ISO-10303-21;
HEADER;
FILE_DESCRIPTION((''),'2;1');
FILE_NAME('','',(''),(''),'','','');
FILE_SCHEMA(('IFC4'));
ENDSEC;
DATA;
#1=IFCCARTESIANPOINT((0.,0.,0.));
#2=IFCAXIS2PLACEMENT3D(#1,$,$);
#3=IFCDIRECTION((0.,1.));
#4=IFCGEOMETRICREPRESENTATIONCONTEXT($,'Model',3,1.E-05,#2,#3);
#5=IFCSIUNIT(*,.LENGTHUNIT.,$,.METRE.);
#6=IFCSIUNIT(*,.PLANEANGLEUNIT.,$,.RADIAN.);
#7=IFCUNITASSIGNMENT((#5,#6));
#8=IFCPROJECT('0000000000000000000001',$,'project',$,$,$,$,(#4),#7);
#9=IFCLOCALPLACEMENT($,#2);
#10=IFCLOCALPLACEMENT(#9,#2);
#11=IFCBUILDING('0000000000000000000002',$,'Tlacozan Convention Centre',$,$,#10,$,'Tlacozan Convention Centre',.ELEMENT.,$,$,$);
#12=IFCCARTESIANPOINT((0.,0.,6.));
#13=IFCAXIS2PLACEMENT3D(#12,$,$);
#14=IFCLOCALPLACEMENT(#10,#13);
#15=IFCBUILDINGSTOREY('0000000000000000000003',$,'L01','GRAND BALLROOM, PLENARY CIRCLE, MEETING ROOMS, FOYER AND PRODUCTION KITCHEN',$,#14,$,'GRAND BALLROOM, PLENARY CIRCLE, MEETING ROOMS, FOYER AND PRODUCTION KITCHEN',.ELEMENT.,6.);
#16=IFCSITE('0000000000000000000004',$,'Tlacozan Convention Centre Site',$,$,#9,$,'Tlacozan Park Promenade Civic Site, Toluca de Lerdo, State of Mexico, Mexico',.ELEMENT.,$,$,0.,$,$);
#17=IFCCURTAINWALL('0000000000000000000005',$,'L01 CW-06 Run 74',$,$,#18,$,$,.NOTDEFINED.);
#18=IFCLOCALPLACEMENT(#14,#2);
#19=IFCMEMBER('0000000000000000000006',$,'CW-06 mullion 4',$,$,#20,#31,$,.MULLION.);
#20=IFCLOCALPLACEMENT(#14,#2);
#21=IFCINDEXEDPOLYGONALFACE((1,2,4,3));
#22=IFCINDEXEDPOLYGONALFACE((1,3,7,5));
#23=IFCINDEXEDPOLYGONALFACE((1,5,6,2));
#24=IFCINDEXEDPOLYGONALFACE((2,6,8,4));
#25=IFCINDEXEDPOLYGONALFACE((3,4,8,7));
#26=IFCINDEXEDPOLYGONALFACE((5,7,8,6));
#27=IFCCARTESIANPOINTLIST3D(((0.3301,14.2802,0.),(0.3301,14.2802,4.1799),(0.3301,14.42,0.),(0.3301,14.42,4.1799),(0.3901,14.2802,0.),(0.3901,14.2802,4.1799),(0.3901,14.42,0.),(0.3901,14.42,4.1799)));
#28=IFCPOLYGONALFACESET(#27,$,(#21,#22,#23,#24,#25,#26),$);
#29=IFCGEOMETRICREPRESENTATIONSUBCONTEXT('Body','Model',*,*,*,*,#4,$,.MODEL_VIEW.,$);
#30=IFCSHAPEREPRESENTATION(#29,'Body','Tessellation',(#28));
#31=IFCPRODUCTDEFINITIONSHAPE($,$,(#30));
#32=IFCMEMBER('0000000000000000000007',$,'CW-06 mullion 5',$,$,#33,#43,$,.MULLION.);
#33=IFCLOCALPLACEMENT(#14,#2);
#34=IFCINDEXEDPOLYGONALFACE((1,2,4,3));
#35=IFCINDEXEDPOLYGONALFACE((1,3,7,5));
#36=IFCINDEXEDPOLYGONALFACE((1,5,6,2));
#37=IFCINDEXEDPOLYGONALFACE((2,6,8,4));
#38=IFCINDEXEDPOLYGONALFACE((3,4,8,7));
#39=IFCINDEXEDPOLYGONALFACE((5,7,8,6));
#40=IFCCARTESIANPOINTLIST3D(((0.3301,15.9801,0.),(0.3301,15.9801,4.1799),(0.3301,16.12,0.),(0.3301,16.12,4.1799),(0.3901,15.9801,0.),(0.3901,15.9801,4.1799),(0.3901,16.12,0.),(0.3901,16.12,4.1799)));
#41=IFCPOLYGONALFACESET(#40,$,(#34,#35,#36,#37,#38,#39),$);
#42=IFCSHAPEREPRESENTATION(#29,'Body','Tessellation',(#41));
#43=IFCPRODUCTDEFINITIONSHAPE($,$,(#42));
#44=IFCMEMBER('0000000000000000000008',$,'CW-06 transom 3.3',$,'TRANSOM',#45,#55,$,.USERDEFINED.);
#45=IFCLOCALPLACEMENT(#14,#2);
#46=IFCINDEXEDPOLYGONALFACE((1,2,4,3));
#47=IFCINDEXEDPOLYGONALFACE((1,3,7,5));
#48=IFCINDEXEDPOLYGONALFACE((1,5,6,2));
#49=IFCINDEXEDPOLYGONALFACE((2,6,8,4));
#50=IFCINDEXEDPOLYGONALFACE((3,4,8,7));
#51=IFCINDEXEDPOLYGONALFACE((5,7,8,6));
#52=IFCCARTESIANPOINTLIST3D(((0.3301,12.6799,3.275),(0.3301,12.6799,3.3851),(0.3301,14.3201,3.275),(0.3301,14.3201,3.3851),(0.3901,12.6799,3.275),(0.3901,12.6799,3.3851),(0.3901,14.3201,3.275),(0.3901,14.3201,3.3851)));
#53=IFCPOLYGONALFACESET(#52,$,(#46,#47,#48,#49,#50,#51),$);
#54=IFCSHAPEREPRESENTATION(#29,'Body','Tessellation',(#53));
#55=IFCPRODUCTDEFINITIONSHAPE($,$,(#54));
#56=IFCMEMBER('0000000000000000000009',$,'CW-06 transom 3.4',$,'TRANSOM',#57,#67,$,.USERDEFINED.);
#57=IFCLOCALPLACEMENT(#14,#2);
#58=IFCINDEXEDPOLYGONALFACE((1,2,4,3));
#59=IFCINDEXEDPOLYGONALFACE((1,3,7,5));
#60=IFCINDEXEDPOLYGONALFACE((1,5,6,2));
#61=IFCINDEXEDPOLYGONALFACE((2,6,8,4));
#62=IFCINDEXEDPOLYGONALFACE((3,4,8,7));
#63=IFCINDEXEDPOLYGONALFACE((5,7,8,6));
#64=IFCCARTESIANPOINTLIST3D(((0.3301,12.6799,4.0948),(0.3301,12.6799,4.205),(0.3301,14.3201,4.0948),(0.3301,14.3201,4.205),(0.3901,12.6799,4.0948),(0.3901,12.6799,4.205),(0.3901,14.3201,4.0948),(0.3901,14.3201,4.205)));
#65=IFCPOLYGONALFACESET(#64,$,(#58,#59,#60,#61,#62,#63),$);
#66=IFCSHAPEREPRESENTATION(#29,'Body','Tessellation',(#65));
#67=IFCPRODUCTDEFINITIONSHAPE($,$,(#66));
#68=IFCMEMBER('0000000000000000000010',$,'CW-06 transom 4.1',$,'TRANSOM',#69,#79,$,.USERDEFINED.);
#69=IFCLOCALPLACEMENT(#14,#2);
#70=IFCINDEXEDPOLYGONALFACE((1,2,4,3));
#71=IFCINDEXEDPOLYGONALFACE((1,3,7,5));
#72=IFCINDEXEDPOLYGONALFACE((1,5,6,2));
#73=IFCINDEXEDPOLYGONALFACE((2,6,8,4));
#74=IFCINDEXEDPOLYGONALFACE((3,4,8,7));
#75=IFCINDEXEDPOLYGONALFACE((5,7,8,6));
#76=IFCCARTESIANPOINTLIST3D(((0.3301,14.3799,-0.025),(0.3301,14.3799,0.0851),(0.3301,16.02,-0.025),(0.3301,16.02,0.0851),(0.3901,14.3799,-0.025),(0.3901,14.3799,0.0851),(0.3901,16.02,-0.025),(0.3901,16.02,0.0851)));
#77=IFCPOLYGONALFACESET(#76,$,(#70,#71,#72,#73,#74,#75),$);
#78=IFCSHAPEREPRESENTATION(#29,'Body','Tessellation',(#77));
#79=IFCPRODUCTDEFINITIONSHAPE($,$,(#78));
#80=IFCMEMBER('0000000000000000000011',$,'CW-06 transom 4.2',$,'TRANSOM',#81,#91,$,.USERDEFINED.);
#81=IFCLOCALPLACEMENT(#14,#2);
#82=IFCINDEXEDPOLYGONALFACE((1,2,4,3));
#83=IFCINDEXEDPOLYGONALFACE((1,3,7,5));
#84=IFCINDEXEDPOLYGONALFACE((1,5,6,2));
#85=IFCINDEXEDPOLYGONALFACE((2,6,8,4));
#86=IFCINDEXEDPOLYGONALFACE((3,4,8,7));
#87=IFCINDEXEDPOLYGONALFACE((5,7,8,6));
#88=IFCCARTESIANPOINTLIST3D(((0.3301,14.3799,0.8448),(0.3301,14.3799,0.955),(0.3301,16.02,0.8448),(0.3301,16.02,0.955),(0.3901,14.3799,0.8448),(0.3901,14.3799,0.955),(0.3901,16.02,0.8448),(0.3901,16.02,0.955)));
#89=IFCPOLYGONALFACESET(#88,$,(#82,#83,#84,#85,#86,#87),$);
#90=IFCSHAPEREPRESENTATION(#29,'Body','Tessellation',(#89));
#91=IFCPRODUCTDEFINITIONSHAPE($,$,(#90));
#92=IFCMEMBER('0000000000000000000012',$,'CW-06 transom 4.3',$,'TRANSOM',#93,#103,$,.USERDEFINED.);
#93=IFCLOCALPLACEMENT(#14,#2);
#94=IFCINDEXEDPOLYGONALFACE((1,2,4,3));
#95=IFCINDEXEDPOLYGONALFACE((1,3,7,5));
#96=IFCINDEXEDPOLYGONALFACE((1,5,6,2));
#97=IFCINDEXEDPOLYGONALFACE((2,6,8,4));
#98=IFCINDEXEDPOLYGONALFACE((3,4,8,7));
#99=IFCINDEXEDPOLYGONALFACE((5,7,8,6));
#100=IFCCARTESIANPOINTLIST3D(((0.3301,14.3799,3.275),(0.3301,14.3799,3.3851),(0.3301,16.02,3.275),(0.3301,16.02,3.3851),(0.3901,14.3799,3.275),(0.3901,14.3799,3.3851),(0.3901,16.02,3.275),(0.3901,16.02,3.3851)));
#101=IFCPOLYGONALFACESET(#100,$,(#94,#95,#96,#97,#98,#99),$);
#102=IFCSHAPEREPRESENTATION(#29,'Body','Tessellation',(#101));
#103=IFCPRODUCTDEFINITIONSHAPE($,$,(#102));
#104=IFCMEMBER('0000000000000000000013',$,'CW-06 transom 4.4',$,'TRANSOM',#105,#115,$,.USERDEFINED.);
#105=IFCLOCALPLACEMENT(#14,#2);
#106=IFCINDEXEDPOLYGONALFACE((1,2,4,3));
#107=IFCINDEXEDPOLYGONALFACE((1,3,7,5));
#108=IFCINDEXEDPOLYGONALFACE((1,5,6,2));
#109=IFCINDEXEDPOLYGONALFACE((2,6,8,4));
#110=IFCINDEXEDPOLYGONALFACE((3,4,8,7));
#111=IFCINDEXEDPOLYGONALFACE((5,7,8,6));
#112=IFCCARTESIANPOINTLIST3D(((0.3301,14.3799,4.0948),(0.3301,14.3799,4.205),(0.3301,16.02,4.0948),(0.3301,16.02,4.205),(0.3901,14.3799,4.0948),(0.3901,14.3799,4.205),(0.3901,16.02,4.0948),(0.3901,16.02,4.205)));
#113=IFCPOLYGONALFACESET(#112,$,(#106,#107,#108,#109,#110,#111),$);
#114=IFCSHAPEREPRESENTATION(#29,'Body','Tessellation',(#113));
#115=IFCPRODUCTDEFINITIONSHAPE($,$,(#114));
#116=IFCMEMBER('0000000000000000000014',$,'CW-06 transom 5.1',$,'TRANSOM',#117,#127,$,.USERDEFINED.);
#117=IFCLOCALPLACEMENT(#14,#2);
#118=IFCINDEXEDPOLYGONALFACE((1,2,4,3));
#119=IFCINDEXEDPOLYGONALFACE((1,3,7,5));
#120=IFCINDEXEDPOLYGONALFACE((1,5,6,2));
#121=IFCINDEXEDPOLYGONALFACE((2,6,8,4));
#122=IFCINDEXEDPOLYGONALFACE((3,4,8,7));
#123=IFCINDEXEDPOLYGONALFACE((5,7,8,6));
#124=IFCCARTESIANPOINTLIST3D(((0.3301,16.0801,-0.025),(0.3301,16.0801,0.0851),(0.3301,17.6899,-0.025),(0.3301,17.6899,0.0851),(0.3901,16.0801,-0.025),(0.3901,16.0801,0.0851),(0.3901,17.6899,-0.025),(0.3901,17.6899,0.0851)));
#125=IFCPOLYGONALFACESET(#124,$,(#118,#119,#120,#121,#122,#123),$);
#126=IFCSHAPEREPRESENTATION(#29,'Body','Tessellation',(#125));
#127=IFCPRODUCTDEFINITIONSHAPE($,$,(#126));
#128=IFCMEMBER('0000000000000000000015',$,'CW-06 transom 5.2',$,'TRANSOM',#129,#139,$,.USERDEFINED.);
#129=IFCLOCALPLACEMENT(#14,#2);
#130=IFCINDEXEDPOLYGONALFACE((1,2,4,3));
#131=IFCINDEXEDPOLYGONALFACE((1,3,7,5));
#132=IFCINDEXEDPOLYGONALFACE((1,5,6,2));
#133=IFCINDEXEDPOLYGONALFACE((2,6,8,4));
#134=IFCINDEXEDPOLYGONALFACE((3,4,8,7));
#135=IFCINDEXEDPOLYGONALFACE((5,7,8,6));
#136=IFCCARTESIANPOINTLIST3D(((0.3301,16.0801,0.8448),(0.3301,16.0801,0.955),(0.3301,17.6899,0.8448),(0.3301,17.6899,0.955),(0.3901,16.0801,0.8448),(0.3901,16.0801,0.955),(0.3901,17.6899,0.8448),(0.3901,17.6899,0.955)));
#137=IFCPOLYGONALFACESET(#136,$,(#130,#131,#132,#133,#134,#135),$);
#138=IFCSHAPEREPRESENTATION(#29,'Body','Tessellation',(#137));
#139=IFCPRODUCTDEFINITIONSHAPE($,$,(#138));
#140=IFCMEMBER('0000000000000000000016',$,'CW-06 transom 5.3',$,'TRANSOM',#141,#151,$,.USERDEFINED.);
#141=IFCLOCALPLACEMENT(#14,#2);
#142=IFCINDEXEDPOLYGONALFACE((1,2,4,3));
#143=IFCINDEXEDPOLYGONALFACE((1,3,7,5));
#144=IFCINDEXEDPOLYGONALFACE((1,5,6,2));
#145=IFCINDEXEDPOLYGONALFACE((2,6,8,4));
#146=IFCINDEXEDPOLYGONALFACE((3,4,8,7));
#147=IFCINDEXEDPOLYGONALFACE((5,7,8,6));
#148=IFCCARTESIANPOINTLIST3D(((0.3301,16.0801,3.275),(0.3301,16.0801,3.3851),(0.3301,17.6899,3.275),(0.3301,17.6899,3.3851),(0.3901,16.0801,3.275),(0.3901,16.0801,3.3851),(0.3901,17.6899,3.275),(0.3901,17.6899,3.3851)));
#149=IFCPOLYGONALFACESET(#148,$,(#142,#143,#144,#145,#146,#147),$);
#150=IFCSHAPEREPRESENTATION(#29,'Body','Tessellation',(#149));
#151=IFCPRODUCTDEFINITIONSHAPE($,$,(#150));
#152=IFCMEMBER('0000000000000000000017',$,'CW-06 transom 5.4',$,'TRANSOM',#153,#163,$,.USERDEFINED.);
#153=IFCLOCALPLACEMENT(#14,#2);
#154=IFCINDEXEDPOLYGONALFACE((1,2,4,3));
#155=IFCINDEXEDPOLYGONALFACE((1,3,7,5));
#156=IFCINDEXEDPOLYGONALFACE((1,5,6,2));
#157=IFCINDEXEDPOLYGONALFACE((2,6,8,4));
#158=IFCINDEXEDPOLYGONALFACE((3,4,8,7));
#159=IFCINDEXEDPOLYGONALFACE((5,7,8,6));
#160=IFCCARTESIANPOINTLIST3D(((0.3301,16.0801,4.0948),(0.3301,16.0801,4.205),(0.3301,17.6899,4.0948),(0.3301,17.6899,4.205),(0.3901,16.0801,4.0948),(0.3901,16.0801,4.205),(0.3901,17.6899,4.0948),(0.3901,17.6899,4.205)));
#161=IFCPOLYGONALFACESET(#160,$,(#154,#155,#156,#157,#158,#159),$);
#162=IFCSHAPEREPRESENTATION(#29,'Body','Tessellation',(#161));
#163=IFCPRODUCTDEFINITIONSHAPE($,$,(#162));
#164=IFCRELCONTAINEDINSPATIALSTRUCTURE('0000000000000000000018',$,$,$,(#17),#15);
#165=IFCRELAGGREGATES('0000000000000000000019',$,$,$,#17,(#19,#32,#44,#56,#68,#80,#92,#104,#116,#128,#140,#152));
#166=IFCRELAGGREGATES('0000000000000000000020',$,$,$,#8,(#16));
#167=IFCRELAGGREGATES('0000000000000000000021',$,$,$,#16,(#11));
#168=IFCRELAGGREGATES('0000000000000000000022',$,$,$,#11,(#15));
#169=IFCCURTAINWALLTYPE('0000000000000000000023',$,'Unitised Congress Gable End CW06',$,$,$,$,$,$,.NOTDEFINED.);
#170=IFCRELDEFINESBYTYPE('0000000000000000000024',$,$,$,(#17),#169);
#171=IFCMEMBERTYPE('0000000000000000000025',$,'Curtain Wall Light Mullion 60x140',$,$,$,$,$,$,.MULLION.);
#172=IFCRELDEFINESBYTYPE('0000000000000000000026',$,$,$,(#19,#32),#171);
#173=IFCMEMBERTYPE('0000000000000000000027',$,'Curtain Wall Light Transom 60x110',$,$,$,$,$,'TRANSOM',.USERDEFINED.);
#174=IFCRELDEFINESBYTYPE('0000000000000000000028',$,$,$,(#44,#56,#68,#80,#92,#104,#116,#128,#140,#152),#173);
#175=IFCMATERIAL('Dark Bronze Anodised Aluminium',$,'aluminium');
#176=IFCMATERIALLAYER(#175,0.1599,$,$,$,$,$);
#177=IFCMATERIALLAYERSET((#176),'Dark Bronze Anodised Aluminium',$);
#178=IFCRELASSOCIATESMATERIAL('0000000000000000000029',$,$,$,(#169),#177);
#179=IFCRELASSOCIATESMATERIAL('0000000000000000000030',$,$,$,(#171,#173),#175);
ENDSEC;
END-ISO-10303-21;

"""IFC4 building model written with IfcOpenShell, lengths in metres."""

from ifc_helpers import new_model, si_unit, direction, frame, origin, origin_2d, place, context, subcontext, project, spatial, rectangle, extrude, material, layer, layer_set, material_profile, profile_set, type_object, element, aggregate, save


model = new_model("IFC4")

# Units and contexts
model_context = context("Model", 3, precision=1e-05, world=origin(), true_north=direction((0.0, 1.0)))
body_context = subcontext(model_context, "Body", "Model", "MODEL_VIEW")
ifc_project = project(units=[si_unit("LENGTHUNIT", "METRE"), si_unit("PLANEANGLEUNIT", "RADIAN")], contexts=[model_context])

# Site, building, storey
site_placement = place(None, origin())
site = spatial("IfcSite", under=ifc_project, at=site_placement, Name="Tlacozan Convention Centre Site", LongName="Tlacozan Park Promenade Civic Site, Toluca de Lerdo, State of Mexico, Mexico", CompositionType="ELEMENT", RefElevation=0.0)
building_placement = place(site_placement, origin())
building = spatial("IfcBuilding", under=site, at=building_placement, Name="Tlacozan Convention Centre", LongName="Tlacozan Convention Centre", CompositionType="ELEMENT")
storey_placement = place(building_placement, frame((0.0, 0.0, 6.0)))
storey = spatial("IfcBuildingStorey", under=building, at=storey_placement, Name="L01", Description="GRAND BALLROOM, PLENARY CIRCLE, MEETING ROOMS, FOYER AND PRODUCTION KITCHEN", LongName="GRAND BALLROOM, PLENARY CIRCLE, MEETING ROOMS, FOYER AND PRODUCTION KITCHEN", CompositionType="ELEMENT", Elevation=6.0)

# Curtain wall, members
ifc_material_1 = material(Name="Dark Bronze Anodised Aluminium", Category="aluminium")
ifc_layer_1 = layer(ifc_material_1, 0.1599)
ifc_layer_set_1 = layer_set([ifc_layer_1], Name="Dark Bronze Anodised Aluminium")
curtain_wall_type = type_object("IfcCurtainWallType", Name="Unitised Congress Gable End CW06", PredefinedType="NOTDEFINED", material=ifc_layer_set_1)
curtain_wall_placement = place(storey_placement, origin())
curtain_wall = element("IfcCurtainWall", 1, at=curtain_wall_placement, inside=storey, type_object=curtain_wall_type, Name="L01 CW-06 Run 74", PredefinedType="NOTDEFINED")
ifc_material_profile_1 = material_profile(ifc_material_1, rectangle(XDim=0.0601, YDim=0.1399, at=origin_2d()), Name="ALU 60x140")
ifc_profile_set_1 = profile_set([ifc_material_profile_1], Name="Dark Bronze Anodised Aluminium")
member_type_1 = type_object("IfcMemberType", Name="Curtain Wall Light Mullion 60x140", PredefinedType="MULLION", material=ifc_profile_set_1)
member_1_placement = place(storey_placement, frame((0.3601, 14.3501, 0.0), z_axis=(0.0, 0.0, 1.0), x_axis=(-1.0, 0.0, 0.0)))
member_1 = element("IfcMember", 2, at=member_1_placement, type_object=member_type_1, Name="CW-06 mullion 4", PredefinedType="MULLION", context=body_context, shape_type="SweptSolid", body=[
    extrude(rectangle(XDim=0.0601, YDim=0.1399, at=origin_2d()), origin(), (0.0, 0.0, 1.0), 4.1799),
])
member_2_placement = place(storey_placement, frame((0.3601, 16.05, 0.0), z_axis=(0.0, 0.0, 1.0), x_axis=(-1.0, 0.0, 0.0)))
member_2 = element("IfcMember", 3, at=member_2_placement, type_object=member_type_1, Name="CW-06 mullion 5", PredefinedType="MULLION", context=body_context, shape_type="SweptSolid", body=[
    extrude(rectangle(XDim=0.0601, YDim=0.1399, at=origin_2d()), origin(), (0.0, 0.0, 1.0), 4.1799),
])
ifc_material_profile_2 = material_profile(ifc_material_1, rectangle(XDim=0.0601, YDim=0.1101, at=origin_2d()), Name="ALU 60x110")
ifc_profile_set_2 = profile_set([ifc_material_profile_2], Name="Dark Bronze Anodised Aluminium")
member_type_2 = type_object("IfcMemberType", Name="Curtain Wall Light Transom 60x110", ElementType="TRANSOM", PredefinedType="USERDEFINED", material=ifc_profile_set_2)
member_3_placement = place(storey_placement, frame((0.3601, 12.6799, 3.3301), z_axis=(0.0, 1.0, 0.0), x_axis=(-1.0, 0.0, 0.0)))
member_3 = element("IfcMember", 4, at=member_3_placement, type_object=member_type_2, Name="CW-06 transom 3.3", ObjectType="TRANSOM", PredefinedType="USERDEFINED", context=body_context, shape_type="SweptSolid", body=[
    extrude(rectangle(XDim=0.0601, YDim=0.1101, at=origin_2d()), origin(), (0.0, 0.0, 1.0), 1.6401),
])
member_4_placement = place(storey_placement, frame((0.3601, 12.6799, 4.1499), z_axis=(0.0, 1.0, 0.0), x_axis=(-1.0, 0.0, 0.0)))
member_4 = element("IfcMember", 5, at=member_4_placement, type_object=member_type_2, Name="CW-06 transom 3.4", ObjectType="TRANSOM", PredefinedType="USERDEFINED", context=body_context, shape_type="SweptSolid", body=[
    extrude(rectangle(XDim=0.0601, YDim=0.1101, at=origin_2d()), origin(), (0.0, 0.0, 1.0), 1.6401),
])
member_5_placement = place(storey_placement, frame((0.3601, 14.3799, 0.03), z_axis=(0.0, 1.0, 0.0), x_axis=(-1.0, 0.0, 0.0)))
member_5 = element("IfcMember", 6, at=member_5_placement, type_object=member_type_2, Name="CW-06 transom 4.1", ObjectType="TRANSOM", PredefinedType="USERDEFINED", context=body_context, shape_type="SweptSolid", body=[
    extrude(rectangle(XDim=0.0601, YDim=0.1101, at=origin_2d()), origin(), (0.0, 0.0, 1.0), 1.6401),
])
member_6_placement = place(storey_placement, frame((0.3601, 14.3799, 0.8999), z_axis=(0.0, 1.0, 0.0), x_axis=(-1.0, 0.0, 0.0)))
member_6 = element("IfcMember", 7, at=member_6_placement, type_object=member_type_2, Name="CW-06 transom 4.2", ObjectType="TRANSOM", PredefinedType="USERDEFINED", context=body_context, shape_type="SweptSolid", body=[
    extrude(rectangle(XDim=0.0601, YDim=0.1101, at=origin_2d()), origin(), (0.0, 0.0, 1.0), 1.6401),
])
member_7_placement = place(storey_placement, frame((0.3601, 14.3799, 3.3301), z_axis=(0.0, 1.0, 0.0), x_axis=(-1.0, 0.0, 0.0)))
member_7 = element("IfcMember", 8, at=member_7_placement, type_object=member_type_2, Name="CW-06 transom 4.3", ObjectType="TRANSOM", PredefinedType="USERDEFINED", context=body_context, shape_type="SweptSolid", body=[
    extrude(rectangle(XDim=0.0601, YDim=0.1101, at=origin_2d()), origin(), (0.0, 0.0, 1.0), 1.6401),
])
member_8_placement = place(storey_placement, frame((0.3601, 14.3799, 4.1499), z_axis=(0.0, 1.0, 0.0), x_axis=(-1.0, 0.0, 0.0)))
member_8 = element("IfcMember", 9, at=member_8_placement, type_object=member_type_2, Name="CW-06 transom 4.4", ObjectType="TRANSOM", PredefinedType="USERDEFINED", context=body_context, shape_type="SweptSolid", body=[
    extrude(rectangle(XDim=0.0601, YDim=0.1101, at=origin_2d()), origin(), (0.0, 0.0, 1.0), 1.6401),
])
member_9_placement = place(storey_placement, frame((0.3601, 16.0801, 0.03), z_axis=(0.0, 1.0, 0.0), x_axis=(-1.0, 0.0, 0.0)))
member_9 = element("IfcMember", 10, at=member_9_placement, type_object=member_type_2, Name="CW-06 transom 5.1", ObjectType="TRANSOM", PredefinedType="USERDEFINED", context=body_context, shape_type="SweptSolid", body=[
    extrude(rectangle(XDim=0.0601, YDim=0.1101, at=origin_2d()), origin(), (0.0, 0.0, 1.0), 1.6099),
])
member_10_placement = place(storey_placement, frame((0.3601, 16.0801, 0.8999), z_axis=(0.0, 1.0, 0.0), x_axis=(-1.0, 0.0, 0.0)))
member_10 = element("IfcMember", 11, at=member_10_placement, type_object=member_type_2, Name="CW-06 transom 5.2", ObjectType="TRANSOM", PredefinedType="USERDEFINED", context=body_context, shape_type="SweptSolid", body=[
    extrude(rectangle(XDim=0.0601, YDim=0.1101, at=origin_2d()), origin(), (0.0, 0.0, 1.0), 1.6099),
])
member_11_placement = place(storey_placement, frame((0.3601, 16.0801, 3.3301), z_axis=(0.0, 1.0, 0.0), x_axis=(-1.0, 0.0, 0.0)))
member_11 = element("IfcMember", 12, at=member_11_placement, type_object=member_type_2, Name="CW-06 transom 5.3", ObjectType="TRANSOM", PredefinedType="USERDEFINED", context=body_context, shape_type="SweptSolid", body=[
    extrude(rectangle(XDim=0.0601, YDim=0.1101, at=origin_2d()), origin(), (0.0, 0.0, 1.0), 1.6099),
])
member_12_placement = place(storey_placement, frame((0.3601, 16.0801, 4.1499), z_axis=(0.0, 1.0, 0.0), x_axis=(-1.0, 0.0, 0.0)))
member_12 = element("IfcMember", 13, at=member_12_placement, type_object=member_type_2, Name="CW-06 transom 5.4", ObjectType="TRANSOM", PredefinedType="USERDEFINED", context=body_context, shape_type="SweptSolid", body=[
    extrude(rectangle(XDim=0.0601, YDim=0.1101, at=origin_2d()), origin(), (0.0, 0.0, 1.0), 1.6099),
])

aggregate(curtain_wall, [member_1, member_2, member_3, member_4, member_5, member_6, member_7, member_8, member_9, member_10, member_11, member_12])

save(model, "model.ifc")
